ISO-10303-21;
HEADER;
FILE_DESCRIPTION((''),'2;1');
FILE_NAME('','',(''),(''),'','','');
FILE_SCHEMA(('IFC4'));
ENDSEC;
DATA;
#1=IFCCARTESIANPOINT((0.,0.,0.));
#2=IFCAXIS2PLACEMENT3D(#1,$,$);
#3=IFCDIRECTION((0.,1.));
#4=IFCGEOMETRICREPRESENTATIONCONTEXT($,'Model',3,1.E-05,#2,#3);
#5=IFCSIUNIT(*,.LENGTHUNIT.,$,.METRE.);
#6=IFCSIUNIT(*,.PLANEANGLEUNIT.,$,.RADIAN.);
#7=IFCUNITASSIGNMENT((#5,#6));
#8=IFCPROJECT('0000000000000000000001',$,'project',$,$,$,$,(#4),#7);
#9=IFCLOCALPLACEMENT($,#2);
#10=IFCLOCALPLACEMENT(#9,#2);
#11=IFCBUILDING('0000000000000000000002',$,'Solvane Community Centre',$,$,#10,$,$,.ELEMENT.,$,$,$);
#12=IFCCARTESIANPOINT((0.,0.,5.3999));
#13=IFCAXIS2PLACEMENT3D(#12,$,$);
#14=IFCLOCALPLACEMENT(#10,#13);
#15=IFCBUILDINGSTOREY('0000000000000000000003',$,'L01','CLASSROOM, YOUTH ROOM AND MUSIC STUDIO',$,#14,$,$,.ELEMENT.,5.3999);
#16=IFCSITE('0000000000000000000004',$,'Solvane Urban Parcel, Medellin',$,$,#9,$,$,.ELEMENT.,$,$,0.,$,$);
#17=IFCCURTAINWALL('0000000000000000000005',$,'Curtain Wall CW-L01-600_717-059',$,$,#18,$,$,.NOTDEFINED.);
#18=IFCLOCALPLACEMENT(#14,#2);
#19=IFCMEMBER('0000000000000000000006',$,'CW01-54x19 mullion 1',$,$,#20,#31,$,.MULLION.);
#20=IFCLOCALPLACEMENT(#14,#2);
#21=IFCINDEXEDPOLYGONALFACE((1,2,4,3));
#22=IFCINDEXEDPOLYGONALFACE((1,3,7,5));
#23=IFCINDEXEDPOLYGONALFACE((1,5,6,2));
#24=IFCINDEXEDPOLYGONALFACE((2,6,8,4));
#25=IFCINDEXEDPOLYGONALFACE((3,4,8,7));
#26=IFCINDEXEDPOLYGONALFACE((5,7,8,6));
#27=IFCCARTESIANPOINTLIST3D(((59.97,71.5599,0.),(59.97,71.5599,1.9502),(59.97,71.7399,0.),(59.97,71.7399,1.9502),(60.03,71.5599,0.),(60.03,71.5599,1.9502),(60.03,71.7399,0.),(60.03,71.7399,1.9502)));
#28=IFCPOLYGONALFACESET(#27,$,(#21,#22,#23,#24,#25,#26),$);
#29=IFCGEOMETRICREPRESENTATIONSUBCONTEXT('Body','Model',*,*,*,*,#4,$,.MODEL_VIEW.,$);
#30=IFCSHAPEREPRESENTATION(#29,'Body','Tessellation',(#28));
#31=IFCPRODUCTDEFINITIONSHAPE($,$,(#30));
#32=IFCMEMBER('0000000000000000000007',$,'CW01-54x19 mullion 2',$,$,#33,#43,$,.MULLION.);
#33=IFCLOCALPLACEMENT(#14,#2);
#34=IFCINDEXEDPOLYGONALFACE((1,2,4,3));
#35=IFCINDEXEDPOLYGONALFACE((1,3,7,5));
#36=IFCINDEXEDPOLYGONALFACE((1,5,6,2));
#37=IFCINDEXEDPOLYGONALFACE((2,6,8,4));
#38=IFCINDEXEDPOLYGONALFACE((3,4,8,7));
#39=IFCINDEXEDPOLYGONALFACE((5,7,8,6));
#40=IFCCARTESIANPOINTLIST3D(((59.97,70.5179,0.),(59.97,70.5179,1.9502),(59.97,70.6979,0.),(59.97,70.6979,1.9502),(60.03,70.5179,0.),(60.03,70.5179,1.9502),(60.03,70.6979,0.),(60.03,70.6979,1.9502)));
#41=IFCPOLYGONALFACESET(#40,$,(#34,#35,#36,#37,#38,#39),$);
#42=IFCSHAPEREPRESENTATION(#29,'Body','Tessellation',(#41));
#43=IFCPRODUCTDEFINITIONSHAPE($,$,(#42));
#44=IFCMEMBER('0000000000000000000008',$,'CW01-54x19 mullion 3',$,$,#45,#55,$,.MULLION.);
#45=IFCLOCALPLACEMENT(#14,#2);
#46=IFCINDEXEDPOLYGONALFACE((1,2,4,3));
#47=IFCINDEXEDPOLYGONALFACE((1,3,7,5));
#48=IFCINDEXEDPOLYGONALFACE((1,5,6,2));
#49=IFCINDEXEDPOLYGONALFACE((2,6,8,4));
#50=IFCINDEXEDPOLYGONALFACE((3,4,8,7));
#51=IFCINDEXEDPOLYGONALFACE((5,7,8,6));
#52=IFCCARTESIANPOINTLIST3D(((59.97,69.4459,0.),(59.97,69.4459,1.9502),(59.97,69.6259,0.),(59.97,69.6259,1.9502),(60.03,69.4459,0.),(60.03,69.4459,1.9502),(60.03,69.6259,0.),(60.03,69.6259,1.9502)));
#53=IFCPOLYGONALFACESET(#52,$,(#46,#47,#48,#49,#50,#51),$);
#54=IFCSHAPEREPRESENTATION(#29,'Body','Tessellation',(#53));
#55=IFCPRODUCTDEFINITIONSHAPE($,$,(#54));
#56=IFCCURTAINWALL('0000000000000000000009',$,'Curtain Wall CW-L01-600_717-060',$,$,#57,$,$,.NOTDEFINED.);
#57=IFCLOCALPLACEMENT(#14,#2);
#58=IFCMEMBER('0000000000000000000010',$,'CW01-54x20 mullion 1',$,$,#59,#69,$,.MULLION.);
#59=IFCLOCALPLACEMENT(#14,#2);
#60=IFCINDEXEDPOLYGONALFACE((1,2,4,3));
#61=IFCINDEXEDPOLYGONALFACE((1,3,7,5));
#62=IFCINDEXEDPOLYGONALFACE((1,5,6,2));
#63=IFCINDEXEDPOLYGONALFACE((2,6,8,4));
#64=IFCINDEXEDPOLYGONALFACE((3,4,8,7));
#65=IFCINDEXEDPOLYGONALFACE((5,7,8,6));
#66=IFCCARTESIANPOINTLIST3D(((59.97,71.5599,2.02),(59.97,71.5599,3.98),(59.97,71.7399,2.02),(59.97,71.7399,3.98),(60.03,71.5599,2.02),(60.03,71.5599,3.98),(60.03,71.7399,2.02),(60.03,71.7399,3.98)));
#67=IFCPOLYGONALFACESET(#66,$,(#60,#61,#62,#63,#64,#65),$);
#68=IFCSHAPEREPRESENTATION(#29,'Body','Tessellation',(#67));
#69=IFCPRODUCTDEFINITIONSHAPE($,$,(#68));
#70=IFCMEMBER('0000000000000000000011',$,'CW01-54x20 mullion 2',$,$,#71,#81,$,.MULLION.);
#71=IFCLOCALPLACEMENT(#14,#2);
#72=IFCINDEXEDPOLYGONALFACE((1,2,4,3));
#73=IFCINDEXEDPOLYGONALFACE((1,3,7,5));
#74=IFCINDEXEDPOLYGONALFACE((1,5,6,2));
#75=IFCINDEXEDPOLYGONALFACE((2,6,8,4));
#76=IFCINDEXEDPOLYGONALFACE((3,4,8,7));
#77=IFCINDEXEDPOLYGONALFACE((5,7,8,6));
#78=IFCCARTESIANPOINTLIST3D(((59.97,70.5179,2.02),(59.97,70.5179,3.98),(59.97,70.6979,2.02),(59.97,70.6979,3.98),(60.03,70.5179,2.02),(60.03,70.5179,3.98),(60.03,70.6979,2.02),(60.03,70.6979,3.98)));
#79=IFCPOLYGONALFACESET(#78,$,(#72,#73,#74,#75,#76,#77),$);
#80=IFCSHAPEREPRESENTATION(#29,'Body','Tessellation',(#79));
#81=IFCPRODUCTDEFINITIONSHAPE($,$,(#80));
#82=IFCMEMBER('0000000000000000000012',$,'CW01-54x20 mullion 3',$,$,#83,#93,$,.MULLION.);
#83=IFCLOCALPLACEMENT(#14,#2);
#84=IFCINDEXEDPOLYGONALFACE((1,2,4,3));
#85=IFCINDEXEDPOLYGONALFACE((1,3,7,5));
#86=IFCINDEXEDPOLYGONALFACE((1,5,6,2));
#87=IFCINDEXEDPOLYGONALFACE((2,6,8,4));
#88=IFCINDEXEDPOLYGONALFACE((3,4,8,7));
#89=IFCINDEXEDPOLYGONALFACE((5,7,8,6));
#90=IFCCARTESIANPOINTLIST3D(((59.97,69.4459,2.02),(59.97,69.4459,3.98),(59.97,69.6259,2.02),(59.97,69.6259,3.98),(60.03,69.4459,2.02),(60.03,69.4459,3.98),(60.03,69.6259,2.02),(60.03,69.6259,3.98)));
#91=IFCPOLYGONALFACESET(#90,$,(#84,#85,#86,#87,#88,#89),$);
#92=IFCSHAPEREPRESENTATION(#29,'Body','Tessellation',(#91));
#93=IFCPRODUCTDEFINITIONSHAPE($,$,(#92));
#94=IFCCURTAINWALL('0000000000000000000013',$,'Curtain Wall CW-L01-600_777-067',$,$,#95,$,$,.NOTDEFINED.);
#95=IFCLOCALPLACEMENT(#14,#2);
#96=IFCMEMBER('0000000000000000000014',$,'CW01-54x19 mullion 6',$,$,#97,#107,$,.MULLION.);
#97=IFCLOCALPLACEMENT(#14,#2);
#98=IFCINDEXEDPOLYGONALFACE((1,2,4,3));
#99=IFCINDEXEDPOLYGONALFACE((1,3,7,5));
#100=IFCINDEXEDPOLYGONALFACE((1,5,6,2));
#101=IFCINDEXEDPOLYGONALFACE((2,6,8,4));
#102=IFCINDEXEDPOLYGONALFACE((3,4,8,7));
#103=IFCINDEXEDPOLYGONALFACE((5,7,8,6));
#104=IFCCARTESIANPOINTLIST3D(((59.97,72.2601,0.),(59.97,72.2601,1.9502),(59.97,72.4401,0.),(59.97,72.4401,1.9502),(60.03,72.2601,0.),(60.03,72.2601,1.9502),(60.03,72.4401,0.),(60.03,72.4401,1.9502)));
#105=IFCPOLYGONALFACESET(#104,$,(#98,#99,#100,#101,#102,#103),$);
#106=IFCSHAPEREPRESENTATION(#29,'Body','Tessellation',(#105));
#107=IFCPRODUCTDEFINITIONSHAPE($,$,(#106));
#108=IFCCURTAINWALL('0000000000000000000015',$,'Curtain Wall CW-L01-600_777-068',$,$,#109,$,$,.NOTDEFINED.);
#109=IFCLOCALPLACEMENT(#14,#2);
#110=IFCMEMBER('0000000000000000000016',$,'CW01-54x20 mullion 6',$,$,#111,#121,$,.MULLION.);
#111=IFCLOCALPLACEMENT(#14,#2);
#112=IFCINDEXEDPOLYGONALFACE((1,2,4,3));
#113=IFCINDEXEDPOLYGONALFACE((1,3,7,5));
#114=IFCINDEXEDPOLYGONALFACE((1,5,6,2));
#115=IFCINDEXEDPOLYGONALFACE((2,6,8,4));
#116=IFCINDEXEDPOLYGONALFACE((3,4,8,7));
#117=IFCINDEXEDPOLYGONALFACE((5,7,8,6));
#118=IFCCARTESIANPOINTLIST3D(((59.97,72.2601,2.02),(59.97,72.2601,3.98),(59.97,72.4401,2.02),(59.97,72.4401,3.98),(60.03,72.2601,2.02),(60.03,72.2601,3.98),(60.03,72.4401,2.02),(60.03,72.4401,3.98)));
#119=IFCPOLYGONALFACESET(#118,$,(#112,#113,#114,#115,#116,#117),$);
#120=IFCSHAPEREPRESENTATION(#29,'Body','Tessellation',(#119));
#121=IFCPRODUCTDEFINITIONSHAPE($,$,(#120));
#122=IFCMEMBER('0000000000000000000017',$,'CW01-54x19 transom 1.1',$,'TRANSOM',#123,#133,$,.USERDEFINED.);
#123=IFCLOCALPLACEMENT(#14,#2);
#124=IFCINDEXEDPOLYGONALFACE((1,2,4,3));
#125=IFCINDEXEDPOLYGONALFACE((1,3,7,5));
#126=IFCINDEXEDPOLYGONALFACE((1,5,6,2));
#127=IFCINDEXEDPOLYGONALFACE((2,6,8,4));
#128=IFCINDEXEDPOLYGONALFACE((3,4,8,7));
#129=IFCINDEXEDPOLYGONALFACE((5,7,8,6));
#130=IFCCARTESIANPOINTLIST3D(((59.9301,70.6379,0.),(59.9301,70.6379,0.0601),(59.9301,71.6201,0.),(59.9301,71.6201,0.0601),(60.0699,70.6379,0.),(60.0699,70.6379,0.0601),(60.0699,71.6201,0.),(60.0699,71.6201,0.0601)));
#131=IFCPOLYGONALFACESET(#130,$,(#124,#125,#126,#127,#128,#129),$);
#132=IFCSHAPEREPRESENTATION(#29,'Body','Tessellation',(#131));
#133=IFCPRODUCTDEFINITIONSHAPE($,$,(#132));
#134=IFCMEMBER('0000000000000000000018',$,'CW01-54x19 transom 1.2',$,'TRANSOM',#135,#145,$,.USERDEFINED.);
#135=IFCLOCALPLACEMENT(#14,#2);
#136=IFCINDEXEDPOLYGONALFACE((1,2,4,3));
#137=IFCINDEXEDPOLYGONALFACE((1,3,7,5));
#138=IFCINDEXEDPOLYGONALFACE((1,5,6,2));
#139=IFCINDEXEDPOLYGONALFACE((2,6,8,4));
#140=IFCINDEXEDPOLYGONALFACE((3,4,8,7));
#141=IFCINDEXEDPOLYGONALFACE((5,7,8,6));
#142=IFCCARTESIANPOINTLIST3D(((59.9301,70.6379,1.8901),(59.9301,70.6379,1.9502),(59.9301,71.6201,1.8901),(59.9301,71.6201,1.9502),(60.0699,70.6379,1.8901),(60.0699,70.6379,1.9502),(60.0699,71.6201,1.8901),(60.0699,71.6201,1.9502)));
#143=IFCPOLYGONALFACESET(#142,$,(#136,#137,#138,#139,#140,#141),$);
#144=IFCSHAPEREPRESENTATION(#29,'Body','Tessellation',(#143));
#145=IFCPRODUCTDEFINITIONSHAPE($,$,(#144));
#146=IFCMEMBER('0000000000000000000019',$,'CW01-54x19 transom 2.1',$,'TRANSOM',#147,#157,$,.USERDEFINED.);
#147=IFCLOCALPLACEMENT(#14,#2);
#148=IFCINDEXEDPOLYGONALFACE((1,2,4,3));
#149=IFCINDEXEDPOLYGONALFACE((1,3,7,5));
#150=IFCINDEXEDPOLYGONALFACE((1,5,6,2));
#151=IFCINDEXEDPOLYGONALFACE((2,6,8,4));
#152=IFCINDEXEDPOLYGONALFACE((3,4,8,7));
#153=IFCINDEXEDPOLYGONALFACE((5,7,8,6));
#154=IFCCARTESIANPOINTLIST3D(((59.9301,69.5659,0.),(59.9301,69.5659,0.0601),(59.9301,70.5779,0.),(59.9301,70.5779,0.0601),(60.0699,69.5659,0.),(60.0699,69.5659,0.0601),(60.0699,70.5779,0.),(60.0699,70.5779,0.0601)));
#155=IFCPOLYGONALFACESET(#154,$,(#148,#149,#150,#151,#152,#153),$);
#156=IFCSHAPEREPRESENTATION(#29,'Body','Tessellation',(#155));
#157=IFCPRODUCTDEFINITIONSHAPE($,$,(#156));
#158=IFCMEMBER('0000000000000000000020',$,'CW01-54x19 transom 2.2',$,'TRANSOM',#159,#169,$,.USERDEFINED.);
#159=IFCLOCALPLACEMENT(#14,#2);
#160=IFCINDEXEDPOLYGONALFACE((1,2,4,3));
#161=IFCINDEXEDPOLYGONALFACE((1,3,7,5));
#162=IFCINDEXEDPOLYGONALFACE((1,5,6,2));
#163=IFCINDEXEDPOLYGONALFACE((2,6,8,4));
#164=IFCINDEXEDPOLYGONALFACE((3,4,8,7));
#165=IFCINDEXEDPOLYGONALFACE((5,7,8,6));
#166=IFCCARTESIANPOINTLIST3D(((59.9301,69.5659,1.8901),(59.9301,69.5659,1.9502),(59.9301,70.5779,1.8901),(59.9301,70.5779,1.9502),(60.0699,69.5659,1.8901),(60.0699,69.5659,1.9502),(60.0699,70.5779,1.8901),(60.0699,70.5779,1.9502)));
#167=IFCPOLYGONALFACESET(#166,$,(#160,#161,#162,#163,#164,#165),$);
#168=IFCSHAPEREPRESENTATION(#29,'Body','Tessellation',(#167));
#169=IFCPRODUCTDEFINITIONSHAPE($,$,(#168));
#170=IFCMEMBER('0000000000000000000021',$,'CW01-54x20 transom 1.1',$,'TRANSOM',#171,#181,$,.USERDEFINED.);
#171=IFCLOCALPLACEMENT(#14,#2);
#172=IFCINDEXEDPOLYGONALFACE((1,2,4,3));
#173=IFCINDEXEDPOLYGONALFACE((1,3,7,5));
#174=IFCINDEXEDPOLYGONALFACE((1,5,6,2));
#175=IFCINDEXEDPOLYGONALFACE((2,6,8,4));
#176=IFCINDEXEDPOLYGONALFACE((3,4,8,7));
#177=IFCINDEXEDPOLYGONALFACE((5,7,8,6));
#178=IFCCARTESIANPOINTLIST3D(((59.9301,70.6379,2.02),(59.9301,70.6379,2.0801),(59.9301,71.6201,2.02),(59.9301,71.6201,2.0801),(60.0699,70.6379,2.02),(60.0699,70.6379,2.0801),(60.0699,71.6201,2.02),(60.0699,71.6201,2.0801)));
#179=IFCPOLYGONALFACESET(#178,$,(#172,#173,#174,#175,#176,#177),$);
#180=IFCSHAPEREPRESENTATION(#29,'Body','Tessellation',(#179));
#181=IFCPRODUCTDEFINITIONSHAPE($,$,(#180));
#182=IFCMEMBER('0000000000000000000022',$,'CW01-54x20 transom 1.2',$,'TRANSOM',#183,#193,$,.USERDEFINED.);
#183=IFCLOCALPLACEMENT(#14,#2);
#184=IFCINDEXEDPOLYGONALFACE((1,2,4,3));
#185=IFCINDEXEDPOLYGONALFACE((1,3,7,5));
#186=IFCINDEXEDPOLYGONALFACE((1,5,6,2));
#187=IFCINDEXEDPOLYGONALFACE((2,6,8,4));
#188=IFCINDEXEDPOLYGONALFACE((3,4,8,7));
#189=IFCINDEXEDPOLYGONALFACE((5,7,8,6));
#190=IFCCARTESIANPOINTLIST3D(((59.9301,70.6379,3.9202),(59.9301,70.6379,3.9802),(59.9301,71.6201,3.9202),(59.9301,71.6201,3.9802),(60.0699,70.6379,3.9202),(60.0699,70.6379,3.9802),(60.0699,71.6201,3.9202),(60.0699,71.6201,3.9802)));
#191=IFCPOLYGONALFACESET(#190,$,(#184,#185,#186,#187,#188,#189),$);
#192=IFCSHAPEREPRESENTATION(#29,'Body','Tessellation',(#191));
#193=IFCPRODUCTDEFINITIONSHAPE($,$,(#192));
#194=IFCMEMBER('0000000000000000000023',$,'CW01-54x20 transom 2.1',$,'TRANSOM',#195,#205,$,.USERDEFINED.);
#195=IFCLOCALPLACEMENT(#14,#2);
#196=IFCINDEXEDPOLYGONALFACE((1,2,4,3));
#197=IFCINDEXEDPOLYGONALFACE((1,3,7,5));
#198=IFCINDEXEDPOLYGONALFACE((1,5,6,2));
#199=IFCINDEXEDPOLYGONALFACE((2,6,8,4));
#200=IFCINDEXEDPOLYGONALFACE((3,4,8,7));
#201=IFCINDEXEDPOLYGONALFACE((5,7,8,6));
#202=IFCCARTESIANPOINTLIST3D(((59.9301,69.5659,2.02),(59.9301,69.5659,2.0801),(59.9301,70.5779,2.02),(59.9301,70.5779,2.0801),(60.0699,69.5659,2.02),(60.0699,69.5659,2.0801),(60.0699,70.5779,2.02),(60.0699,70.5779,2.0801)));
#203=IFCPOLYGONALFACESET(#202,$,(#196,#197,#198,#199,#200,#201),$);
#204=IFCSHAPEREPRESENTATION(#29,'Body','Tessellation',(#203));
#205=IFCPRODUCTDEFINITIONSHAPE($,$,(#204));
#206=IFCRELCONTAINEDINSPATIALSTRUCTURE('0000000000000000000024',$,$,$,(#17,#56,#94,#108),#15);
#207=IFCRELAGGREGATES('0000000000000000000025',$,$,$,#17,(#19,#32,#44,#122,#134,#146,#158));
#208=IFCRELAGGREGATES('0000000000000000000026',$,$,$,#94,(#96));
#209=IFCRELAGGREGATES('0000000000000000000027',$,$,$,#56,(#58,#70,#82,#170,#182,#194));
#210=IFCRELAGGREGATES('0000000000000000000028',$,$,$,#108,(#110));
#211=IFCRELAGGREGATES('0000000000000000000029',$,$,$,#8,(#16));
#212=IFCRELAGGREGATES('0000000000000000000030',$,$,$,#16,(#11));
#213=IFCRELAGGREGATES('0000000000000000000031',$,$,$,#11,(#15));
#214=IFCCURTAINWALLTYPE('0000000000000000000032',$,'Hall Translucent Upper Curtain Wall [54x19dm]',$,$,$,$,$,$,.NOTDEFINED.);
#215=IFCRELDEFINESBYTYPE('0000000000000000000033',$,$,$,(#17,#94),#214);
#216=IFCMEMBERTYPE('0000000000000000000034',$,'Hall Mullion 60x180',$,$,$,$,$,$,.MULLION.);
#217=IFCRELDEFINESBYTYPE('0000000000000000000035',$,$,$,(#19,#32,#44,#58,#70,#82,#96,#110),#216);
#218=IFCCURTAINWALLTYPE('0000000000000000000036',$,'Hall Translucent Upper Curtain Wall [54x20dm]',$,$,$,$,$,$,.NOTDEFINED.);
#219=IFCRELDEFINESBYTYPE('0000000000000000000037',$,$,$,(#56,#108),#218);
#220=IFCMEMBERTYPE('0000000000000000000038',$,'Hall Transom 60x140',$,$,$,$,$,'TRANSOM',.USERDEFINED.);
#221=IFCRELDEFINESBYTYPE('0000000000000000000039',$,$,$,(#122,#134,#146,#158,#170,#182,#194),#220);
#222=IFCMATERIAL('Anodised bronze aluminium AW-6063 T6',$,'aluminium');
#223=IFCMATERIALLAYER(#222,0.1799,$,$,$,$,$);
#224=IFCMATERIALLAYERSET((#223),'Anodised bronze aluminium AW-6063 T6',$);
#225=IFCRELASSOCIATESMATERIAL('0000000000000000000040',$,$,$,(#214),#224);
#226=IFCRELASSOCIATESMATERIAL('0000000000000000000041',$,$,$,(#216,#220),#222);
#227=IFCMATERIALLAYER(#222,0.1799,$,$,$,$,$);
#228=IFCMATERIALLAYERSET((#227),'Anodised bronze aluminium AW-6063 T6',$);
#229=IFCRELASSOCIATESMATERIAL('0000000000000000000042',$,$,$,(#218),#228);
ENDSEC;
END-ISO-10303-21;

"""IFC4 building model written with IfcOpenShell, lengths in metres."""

from ifc_helpers import new_model, si_unit, direction, frame, origin, origin_2d, place, context, subcontext, project, spatial, rectangle, extrude, material, layer, layer_set, material_profile, profile_set, type_object, element, aggregate, save


model = new_model("IFC4")

# Units and contexts
model_context = context("Model", 3, precision=1e-05, world=origin(), true_north=direction((0.0, 1.0)))
body_context = subcontext(model_context, "Body", "Model", "MODEL_VIEW")
ifc_project = project(units=[si_unit("LENGTHUNIT", "METRE"), si_unit("PLANEANGLEUNIT", "RADIAN")], contexts=[model_context])

# Site, building, storey
site_placement = place(None, origin())
site = spatial("IfcSite", under=ifc_project, at=site_placement, Name="Solvane Urban Parcel, Medellin", CompositionType="ELEMENT", RefElevation=0.0)
building_placement = place(site_placement, origin())
building = spatial("IfcBuilding", under=site, at=building_placement, Name="Solvane Community Centre", CompositionType="ELEMENT")
storey_placement = place(building_placement, frame((0.0, 0.0, 5.3999)))
storey = spatial("IfcBuildingStorey", under=building, at=storey_placement, Name="L01", Description="CLASSROOM, YOUTH ROOM AND MUSIC STUDIO", CompositionType="ELEMENT", Elevation=5.3999)

# Curtain walls, members
ifc_material_1 = material(Name="Anodised bronze aluminium AW-6063 T6", Category="aluminium")
ifc_layer_1 = layer(ifc_material_1, 0.1799)
ifc_layer_set_1 = layer_set([ifc_layer_1], Name="Anodised bronze aluminium AW-6063 T6")
curtain_wall_type_1 = type_object("IfcCurtainWallType", Name="Hall Translucent Upper Curtain Wall [54x19dm]", PredefinedType="NOTDEFINED", material=ifc_layer_set_1)
curtain_wall_1_placement = place(storey_placement, origin())
curtain_wall_1 = element("IfcCurtainWall", 1, at=curtain_wall_1_placement, inside=storey, type_object=curtain_wall_type_1, Name="Curtain Wall CW-L01-600_717-059", PredefinedType="NOTDEFINED")
ifc_material_profile_1 = material_profile(ifc_material_1, rectangle(XDim=0.0601, YDim=0.1799, at=origin_2d()), Name="CW-M 60x180")
ifc_profile_set_1 = profile_set([ifc_material_profile_1], Name="Anodised bronze aluminium AW-6063 T6")
member_type_1 = type_object("IfcMemberType", Name="Hall Mullion 60x180", PredefinedType="MULLION", material=ifc_profile_set_1)
member_1_placement = place(storey_placement, frame((60.0, 71.6499, 0.0), z_axis=(0.0, 0.0, 1.0), x_axis=(1.0, 0.0, 0.0)))
member_1 = element("IfcMember", 2, at=member_1_placement, type_object=member_type_1, Name="CW01-54x19 mullion 1", PredefinedType="MULLION", context=body_context, shape_type="SweptSolid", body=[
    extrude(rectangle(XDim=0.0601, YDim=0.1799, at=origin_2d()), origin(), (0.0, 0.0, 1.0), 1.9502),
])
member_2_placement = place(storey_placement, frame((60.0, 70.6079, 0.0), z_axis=(0.0, 0.0, 1.0), x_axis=(1.0, 0.0, 0.0)))
member_2 = element("IfcMember", 3, at=member_2_placement, type_object=member_type_1, Name="CW01-54x19 mullion 2", PredefinedType="MULLION", context=body_context, shape_type="SweptSolid", body=[
    extrude(rectangle(XDim=0.0601, YDim=0.1799, at=origin_2d()), origin(), (0.0, 0.0, 1.0), 1.9502),
])
member_3_placement = place(storey_placement, frame((60.0, 69.5359, 0.0), z_axis=(0.0, 0.0, 1.0), x_axis=(1.0, 0.0, 0.0)))
member_3 = element("IfcMember", 4, at=member_3_placement, type_object=member_type_1, Name="CW01-54x19 mullion 3", PredefinedType="MULLION", context=body_context, shape_type="SweptSolid", body=[
    extrude(rectangle(XDim=0.0601, YDim=0.1799, at=origin_2d()), origin(), (0.0, 0.0, 1.0), 1.9502),
])
ifc_layer_2 = layer(ifc_material_1, 0.1799)
ifc_layer_set_2 = layer_set([ifc_layer_2], Name="Anodised bronze aluminium AW-6063 T6")
curtain_wall_type_2 = type_object("IfcCurtainWallType", Name="Hall Translucent Upper Curtain Wall [54x20dm]", PredefinedType="NOTDEFINED", material=ifc_layer_set_2)
curtain_wall_2_placement = place(storey_placement, origin())
curtain_wall_2 = element("IfcCurtainWall", 5, at=curtain_wall_2_placement, inside=storey, type_object=curtain_wall_type_2, Name="Curtain Wall CW-L01-600_717-060", PredefinedType="NOTDEFINED")
member_4_placement = place(storey_placement, frame((60.0, 71.6499, 2.02), z_axis=(0.0, 0.0, 1.0), x_axis=(1.0, 0.0, 0.0)))
member_4 = element("IfcMember", 6, at=member_4_placement, type_object=member_type_1, Name="CW01-54x20 mullion 1", PredefinedType="MULLION", context=body_context, shape_type="SweptSolid", body=[
    extrude(rectangle(XDim=0.0601, YDim=0.1799, at=origin_2d()), origin(), (0.0, 0.0, 1.0), 1.96),
])
member_5_placement = place(storey_placement, frame((60.0, 70.6079, 2.02), z_axis=(0.0, 0.0, 1.0), x_axis=(1.0, 0.0, 0.0)))
member_5 = element("IfcMember", 7, at=member_5_placement, type_object=member_type_1, Name="CW01-54x20 mullion 2", PredefinedType="MULLION", context=body_context, shape_type="SweptSolid", body=[
    extrude(rectangle(XDim=0.0601, YDim=0.1799, at=origin_2d()), origin(), (0.0, 0.0, 1.0), 1.96),
])
member_6_placement = place(storey_placement, frame((60.0, 69.5359, 2.02), z_axis=(0.0, 0.0, 1.0), x_axis=(1.0, 0.0, 0.0)))
member_6 = element("IfcMember", 8, at=member_6_placement, type_object=member_type_1, Name="CW01-54x20 mullion 3", PredefinedType="MULLION", context=body_context, shape_type="SweptSolid", body=[
    extrude(rectangle(XDim=0.0601, YDim=0.1799, at=origin_2d()), origin(), (0.0, 0.0, 1.0), 1.96),
])

# Curtain walls, members
curtain_wall_3_placement = place(storey_placement, origin())
curtain_wall_3 = element("IfcCurtainWall", 9, at=curtain_wall_3_placement, inside=storey, type_object=curtain_wall_type_1, Name="Curtain Wall CW-L01-600_777-067", PredefinedType="NOTDEFINED")
member_7_placement = place(storey_placement, frame((60.0, 72.3501, 0.0), z_axis=(0.0, 0.0, 1.0), x_axis=(1.0, 0.0, 0.0)))
member_7 = element("IfcMember", 10, at=member_7_placement, type_object=member_type_1, Name="CW01-54x19 mullion 6", PredefinedType="MULLION", context=body_context, shape_type="SweptSolid", body=[
    extrude(rectangle(XDim=0.0601, YDim=0.1799, at=origin_2d()), origin(), (0.0, 0.0, 1.0), 1.9502),
])
curtain_wall_4_placement = place(storey_placement, origin())
curtain_wall_4 = element("IfcCurtainWall", 11, at=curtain_wall_4_placement, inside=storey, type_object=curtain_wall_type_2, Name="Curtain Wall CW-L01-600_777-068", PredefinedType="NOTDEFINED")
member_8_placement = place(storey_placement, frame((60.0, 72.3501, 2.02), z_axis=(0.0, 0.0, 1.0), x_axis=(1.0, 0.0, 0.0)))
member_8 = element("IfcMember", 12, at=member_8_placement, type_object=member_type_1, Name="CW01-54x20 mullion 6", PredefinedType="MULLION", context=body_context, shape_type="SweptSolid", body=[
    extrude(rectangle(XDim=0.0601, YDim=0.1799, at=origin_2d()), origin(), (0.0, 0.0, 1.0), 1.96),
])

# Members
ifc_material_profile_2 = material_profile(ifc_material_1, rectangle(XDim=0.1399, YDim=0.0601, at=origin_2d()), Name="CW-T 60x140")
ifc_profile_set_2 = profile_set([ifc_material_profile_2], Name="Anodised bronze aluminium AW-6063 T6")
member_type_2 = type_object("IfcMemberType", Name="Hall Transom 60x140", ElementType="TRANSOM", PredefinedType="USERDEFINED", material=ifc_profile_set_2)
member_9_placement = place(storey_placement, frame((60.0, 71.6201, 0.03), z_axis=(0.0, -1.0, 0.0), x_axis=(1.0, 0.0, 0.0)))
member_9 = element("IfcMember", 13, at=member_9_placement, type_object=member_type_2, Name="CW01-54x19 transom 1.1", ObjectType="TRANSOM", PredefinedType="USERDEFINED", context=body_context, shape_type="SweptSolid", body=[
    extrude(rectangle(XDim=0.1399, YDim=0.0601, at=origin_2d()), origin(), (0.0, 0.0, 1.0), 0.9822),
])
member_10_placement = place(storey_placement, frame((60.0, 71.6201, 1.9202), z_axis=(0.0, -1.0, 0.0), x_axis=(1.0, 0.0, 0.0)))
member_10 = element("IfcMember", 14, at=member_10_placement, type_object=member_type_2, Name="CW01-54x19 transom 1.2", ObjectType="TRANSOM", PredefinedType="USERDEFINED", context=body_context, shape_type="SweptSolid", body=[
    extrude(rectangle(XDim=0.1399, YDim=0.0601, at=origin_2d()), origin(), (0.0, 0.0, 1.0), 0.9822),
])
member_11_placement = place(storey_placement, frame((60.0, 70.5779, 0.03), z_axis=(0.0, -1.0, 0.0), x_axis=(1.0, 0.0, 0.0)))
member_11 = element("IfcMember", 15, at=member_11_placement, type_object=member_type_2, Name="CW01-54x19 transom 2.1", ObjectType="TRANSOM", PredefinedType="USERDEFINED", context=body_context, shape_type="SweptSolid", body=[
    extrude(rectangle(XDim=0.1399, YDim=0.0601, at=origin_2d()), origin(), (0.0, 0.0, 1.0), 1.012),
])
member_12_placement = place(storey_placement, frame((60.0, 70.5779, 1.9202), z_axis=(0.0, -1.0, 0.0), x_axis=(1.0, 0.0, 0.0)))
member_12 = element("IfcMember", 16, at=member_12_placement, type_object=member_type_2, Name="CW01-54x19 transom 2.2", ObjectType="TRANSOM", PredefinedType="USERDEFINED", context=body_context, shape_type="SweptSolid", body=[
    extrude(rectangle(XDim=0.1399, YDim=0.0601, at=origin_2d()), origin(), (0.0, 0.0, 1.0), 1.012),
])
member_13_placement = place(storey_placement, frame((60.0, 71.6201, 2.05), z_axis=(0.0, -1.0, 0.0), x_axis=(1.0, 0.0, 0.0)))
member_13 = element("IfcMember", 17, at=member_13_placement, type_object=member_type_2, Name="CW01-54x20 transom 1.1", ObjectType="TRANSOM", PredefinedType="USERDEFINED", context=body_context, shape_type="SweptSolid", body=[
    extrude(rectangle(XDim=0.1399, YDim=0.0601, at=origin_2d()), origin(), (0.0, 0.0, 1.0), 0.9822),
])
member_14_placement = place(storey_placement, frame((60.0, 71.6201, 3.9502), z_axis=(0.0, -1.0, 0.0), x_axis=(1.0, 0.0, 0.0)))
member_14 = element("IfcMember", 18, at=member_14_placement, type_object=member_type_2, Name="CW01-54x20 transom 1.2", ObjectType="TRANSOM", PredefinedType="USERDEFINED", context=body_context, shape_type="SweptSolid", body=[
    extrude(rectangle(XDim=0.1399, YDim=0.0601, at=origin_2d()), origin(), (0.0, 0.0, 1.0), 0.9822),
])
member_15_placement = place(storey_placement, frame((60.0, 70.5779, 2.05), z_axis=(0.0, -1.0, 0.0), x_axis=(1.0, 0.0, 0.0)))
member_15 = element("IfcMember", 19, at=member_15_placement, type_object=member_type_2, Name="CW01-54x20 transom 2.1", ObjectType="TRANSOM", PredefinedType="USERDEFINED", context=body_context, shape_type="SweptSolid", body=[
    extrude(rectangle(XDim=0.1399, YDim=0.0601, at=origin_2d()), origin(), (0.0, 0.0, 1.0), 1.012),
])

aggregate(curtain_wall_1, [member_1, member_2, member_3, member_9, member_10, member_11, member_12])
aggregate(curtain_wall_3, [member_7])
aggregate(curtain_wall_2, [member_4, member_5, member_6, member_13, member_14, member_15])
aggregate(curtain_wall_4, [member_8])

save(model, "model.ifc")
